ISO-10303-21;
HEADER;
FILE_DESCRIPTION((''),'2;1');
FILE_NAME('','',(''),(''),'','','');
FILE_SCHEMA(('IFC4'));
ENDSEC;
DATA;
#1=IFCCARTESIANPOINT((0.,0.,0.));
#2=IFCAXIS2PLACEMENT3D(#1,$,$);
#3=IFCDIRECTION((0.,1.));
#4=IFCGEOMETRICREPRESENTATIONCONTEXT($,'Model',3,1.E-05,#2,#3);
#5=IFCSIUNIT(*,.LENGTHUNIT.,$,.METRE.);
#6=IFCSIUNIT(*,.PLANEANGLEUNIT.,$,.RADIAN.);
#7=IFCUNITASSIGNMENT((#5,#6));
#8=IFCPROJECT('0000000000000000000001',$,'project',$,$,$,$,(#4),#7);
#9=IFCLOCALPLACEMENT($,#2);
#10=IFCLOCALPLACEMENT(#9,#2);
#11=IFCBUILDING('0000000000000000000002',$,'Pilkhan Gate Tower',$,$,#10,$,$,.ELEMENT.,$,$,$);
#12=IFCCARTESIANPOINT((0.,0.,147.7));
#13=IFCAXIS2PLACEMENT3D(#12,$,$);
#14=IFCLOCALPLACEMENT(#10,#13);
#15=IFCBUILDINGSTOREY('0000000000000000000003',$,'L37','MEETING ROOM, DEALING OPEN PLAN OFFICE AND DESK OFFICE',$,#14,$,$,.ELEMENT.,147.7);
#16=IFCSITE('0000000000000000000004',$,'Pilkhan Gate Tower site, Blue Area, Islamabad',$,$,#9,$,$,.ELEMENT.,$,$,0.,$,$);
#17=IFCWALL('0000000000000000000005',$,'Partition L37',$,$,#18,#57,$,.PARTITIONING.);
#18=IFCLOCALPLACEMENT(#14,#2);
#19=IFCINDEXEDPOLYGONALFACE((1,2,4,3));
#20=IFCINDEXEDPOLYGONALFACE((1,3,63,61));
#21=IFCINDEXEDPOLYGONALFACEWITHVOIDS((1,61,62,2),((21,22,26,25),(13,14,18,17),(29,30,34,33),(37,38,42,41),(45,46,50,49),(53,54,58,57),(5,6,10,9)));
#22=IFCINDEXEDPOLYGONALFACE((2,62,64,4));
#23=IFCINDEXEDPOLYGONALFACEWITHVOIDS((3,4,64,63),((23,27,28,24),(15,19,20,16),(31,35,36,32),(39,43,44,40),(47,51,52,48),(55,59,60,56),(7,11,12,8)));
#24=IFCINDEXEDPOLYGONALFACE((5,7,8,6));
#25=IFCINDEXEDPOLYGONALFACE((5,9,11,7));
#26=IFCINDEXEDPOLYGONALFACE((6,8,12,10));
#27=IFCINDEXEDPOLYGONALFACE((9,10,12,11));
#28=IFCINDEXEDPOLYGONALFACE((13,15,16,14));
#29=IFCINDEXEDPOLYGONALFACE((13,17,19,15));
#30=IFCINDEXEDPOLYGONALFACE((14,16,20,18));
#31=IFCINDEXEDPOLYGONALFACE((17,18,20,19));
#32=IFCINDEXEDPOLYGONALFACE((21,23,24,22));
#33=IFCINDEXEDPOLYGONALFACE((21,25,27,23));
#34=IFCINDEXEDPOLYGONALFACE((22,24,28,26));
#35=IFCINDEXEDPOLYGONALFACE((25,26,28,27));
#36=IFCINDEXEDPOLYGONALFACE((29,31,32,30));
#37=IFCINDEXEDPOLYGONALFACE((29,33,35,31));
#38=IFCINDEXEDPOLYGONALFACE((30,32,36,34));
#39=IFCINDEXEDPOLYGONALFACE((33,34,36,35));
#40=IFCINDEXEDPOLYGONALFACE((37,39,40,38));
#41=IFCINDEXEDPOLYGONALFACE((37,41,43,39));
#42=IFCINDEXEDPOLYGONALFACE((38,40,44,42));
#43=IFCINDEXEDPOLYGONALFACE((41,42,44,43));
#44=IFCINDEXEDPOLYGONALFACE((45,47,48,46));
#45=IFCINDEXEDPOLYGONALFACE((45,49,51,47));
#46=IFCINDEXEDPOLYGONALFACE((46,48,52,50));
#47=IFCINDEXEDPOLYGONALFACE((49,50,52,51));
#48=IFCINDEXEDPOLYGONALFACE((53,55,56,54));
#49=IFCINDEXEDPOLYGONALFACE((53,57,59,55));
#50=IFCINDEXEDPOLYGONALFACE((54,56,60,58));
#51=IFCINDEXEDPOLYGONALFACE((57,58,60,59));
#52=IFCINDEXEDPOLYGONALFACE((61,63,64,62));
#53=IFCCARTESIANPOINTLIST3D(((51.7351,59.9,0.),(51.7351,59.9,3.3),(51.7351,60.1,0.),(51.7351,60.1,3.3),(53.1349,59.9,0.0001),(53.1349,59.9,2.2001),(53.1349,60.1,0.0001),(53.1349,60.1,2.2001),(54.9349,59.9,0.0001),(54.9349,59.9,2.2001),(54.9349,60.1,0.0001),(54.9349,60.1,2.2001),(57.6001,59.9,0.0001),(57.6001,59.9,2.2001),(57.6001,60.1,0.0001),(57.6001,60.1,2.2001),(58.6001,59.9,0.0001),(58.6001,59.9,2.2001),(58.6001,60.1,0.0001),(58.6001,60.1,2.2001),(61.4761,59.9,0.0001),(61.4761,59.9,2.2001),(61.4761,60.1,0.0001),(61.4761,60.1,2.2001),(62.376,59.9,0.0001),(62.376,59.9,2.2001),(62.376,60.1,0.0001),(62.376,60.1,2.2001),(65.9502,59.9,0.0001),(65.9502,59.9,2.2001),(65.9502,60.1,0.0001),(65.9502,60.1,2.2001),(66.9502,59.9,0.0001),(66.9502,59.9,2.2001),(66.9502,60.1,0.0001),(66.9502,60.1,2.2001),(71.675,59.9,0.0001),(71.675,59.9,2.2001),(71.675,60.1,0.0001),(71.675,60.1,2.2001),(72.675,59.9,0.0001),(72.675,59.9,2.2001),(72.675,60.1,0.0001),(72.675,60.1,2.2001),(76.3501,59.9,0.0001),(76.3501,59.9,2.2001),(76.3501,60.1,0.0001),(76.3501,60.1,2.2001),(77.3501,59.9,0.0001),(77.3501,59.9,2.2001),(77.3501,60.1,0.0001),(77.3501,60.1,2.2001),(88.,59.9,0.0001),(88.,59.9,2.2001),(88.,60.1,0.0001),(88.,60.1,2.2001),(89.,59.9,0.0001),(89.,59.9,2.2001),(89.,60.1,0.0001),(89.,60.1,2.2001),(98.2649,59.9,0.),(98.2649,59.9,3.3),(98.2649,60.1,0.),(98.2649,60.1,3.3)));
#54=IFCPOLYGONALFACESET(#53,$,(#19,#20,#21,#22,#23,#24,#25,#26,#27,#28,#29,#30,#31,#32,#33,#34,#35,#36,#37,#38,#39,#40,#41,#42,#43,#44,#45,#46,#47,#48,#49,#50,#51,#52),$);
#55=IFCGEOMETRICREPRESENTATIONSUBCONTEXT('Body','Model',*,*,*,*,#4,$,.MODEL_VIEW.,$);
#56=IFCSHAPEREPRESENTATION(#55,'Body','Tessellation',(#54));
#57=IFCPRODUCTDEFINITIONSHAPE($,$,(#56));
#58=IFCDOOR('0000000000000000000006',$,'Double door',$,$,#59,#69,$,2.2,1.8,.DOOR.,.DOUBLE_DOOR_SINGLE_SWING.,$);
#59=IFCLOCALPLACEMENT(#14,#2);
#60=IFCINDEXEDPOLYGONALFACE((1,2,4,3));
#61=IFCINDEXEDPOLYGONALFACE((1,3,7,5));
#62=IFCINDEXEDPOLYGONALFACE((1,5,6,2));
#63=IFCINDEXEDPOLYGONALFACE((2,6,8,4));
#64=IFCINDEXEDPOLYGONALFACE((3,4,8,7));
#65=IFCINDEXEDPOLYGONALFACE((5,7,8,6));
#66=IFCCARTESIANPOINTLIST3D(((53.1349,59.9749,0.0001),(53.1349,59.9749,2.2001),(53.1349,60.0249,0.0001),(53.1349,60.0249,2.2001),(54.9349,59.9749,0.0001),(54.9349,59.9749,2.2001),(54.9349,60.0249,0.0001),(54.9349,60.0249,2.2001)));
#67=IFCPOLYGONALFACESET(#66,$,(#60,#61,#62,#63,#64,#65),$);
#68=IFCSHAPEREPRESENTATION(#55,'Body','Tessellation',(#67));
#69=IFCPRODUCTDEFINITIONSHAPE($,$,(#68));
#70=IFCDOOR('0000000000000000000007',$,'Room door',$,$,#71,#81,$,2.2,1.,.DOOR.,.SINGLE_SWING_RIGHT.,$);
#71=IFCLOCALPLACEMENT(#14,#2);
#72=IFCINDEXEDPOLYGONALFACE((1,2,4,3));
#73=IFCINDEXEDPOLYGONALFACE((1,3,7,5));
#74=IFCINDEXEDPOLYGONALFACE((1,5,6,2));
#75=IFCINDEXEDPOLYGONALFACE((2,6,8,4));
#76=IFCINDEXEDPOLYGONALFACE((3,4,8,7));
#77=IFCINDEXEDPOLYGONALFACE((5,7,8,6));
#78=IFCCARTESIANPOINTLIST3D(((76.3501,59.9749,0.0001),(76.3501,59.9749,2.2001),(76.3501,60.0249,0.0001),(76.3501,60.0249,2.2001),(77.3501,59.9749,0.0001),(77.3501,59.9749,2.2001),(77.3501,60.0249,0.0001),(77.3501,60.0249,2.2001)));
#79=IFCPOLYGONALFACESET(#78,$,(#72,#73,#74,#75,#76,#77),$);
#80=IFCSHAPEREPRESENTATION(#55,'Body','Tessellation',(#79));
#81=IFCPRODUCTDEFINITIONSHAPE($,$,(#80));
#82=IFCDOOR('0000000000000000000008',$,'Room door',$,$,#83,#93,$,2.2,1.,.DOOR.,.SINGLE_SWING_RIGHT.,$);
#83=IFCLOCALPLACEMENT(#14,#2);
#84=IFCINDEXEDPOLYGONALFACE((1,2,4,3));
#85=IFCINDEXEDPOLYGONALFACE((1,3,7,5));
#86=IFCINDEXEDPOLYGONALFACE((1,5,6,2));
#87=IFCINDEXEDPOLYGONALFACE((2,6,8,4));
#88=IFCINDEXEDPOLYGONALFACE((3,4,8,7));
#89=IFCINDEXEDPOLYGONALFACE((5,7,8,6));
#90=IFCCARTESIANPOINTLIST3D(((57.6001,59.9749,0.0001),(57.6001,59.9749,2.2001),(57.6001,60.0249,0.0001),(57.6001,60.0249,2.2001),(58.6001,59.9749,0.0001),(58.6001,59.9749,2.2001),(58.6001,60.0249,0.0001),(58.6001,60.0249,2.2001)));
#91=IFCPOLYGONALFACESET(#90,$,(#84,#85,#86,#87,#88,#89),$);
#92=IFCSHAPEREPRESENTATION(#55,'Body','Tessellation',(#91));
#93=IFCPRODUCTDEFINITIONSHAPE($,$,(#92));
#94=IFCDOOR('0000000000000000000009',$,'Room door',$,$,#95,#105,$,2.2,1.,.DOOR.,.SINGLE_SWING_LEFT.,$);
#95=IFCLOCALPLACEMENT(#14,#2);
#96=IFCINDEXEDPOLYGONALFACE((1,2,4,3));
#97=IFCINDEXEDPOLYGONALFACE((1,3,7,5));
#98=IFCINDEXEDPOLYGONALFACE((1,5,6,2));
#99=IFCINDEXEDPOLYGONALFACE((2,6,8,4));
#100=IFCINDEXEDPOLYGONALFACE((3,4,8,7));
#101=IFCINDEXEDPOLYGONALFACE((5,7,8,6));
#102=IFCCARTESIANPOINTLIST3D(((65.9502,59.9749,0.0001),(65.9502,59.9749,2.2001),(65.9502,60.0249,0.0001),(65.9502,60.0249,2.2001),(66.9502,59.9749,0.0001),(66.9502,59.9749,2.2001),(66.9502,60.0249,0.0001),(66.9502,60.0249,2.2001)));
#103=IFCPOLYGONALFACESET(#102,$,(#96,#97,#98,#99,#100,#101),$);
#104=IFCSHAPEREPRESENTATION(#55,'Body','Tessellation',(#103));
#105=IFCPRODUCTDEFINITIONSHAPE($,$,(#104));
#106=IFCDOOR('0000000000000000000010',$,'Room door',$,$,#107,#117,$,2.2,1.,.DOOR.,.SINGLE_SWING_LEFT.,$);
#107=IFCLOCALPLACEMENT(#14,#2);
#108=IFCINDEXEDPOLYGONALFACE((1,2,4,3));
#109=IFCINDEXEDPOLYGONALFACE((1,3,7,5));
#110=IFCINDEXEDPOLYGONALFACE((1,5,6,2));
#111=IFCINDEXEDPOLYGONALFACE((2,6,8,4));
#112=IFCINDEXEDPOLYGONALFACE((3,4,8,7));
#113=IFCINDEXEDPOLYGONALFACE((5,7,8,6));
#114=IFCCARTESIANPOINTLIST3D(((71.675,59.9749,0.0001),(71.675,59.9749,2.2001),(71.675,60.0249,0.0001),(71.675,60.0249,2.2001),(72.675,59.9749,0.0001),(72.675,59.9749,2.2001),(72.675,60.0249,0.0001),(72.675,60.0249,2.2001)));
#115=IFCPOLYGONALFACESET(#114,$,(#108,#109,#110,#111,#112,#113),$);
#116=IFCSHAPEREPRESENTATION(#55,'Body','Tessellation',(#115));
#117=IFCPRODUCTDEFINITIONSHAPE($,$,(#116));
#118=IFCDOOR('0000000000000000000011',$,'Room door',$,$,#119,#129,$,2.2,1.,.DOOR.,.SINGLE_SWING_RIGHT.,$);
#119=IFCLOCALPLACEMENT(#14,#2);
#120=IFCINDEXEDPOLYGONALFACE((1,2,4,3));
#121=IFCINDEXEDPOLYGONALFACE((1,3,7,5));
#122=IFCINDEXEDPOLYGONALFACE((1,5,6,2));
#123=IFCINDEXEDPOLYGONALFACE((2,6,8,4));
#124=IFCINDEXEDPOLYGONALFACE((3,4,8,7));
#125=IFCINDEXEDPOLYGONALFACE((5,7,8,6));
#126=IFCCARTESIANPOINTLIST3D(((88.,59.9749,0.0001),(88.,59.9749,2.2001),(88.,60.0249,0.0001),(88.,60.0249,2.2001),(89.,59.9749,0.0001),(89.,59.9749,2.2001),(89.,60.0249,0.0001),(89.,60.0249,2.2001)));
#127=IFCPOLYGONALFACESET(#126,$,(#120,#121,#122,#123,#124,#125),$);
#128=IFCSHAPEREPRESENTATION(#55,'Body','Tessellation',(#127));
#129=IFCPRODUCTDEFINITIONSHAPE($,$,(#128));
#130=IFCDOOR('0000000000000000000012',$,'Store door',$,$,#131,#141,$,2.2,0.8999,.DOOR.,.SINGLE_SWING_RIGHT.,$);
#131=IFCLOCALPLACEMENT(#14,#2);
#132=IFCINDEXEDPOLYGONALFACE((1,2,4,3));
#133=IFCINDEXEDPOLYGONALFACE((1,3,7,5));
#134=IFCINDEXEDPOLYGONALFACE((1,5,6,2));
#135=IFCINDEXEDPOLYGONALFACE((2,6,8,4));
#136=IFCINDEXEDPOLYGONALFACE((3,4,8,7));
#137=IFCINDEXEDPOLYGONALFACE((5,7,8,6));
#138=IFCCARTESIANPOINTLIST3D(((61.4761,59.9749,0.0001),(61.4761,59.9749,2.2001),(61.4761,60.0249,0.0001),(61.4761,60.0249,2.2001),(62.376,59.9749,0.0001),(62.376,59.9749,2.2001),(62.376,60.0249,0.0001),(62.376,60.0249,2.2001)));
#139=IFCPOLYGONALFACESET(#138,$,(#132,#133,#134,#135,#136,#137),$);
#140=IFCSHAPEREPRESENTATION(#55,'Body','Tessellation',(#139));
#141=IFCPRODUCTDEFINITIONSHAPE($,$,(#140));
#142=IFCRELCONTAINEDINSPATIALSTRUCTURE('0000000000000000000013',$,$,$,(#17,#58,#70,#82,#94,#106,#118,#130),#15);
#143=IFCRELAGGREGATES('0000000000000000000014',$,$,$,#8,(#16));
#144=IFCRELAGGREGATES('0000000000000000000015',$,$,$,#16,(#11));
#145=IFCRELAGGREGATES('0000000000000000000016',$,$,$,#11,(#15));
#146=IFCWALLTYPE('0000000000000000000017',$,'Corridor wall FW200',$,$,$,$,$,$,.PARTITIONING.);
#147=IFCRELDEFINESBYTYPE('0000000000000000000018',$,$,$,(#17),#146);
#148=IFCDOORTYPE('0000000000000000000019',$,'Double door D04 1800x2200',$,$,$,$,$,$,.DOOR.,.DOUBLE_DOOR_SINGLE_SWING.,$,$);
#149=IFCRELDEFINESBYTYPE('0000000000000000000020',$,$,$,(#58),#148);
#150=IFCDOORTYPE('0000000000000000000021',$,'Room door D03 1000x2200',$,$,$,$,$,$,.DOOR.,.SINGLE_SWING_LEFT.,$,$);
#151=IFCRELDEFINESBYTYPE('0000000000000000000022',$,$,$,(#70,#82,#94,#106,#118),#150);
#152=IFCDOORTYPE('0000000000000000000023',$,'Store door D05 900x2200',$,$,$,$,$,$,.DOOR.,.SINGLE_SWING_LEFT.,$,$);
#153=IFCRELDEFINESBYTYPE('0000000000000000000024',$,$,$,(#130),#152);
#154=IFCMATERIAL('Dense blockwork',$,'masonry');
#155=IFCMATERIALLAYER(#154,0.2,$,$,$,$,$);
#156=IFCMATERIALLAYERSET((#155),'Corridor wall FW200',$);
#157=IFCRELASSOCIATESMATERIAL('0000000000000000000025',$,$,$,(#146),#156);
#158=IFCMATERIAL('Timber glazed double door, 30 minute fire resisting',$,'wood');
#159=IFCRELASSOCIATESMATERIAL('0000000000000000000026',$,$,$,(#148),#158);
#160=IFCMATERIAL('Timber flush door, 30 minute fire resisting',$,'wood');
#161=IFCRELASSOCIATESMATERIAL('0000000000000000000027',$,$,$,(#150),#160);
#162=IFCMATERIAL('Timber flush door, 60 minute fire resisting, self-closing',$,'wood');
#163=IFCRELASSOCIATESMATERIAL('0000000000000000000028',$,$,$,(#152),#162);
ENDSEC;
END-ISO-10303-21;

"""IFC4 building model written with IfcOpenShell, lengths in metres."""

from ifc_helpers import new_model, si_unit, direction, frame, frame_2d, origin, place, context, subcontext, project, spatial, rectangle, extrude, material, layer, layer_set, type_object, element, fill, save


model = new_model("IFC4")

# Units and contexts
model_context = context("Model", 3, precision=1e-05, world=origin(), true_north=direction((0.0, 1.0)))
body_context = subcontext(model_context, "Body", "Model", "MODEL_VIEW")
ifc_project = project(units=[si_unit("LENGTHUNIT", "METRE"), si_unit("PLANEANGLEUNIT", "RADIAN")], contexts=[model_context])

# Site, building, storey
site_placement = place(None, origin())
site = spatial("IfcSite", under=ifc_project, at=site_placement, Name="Pilkhan Gate Tower site, Blue Area, Islamabad", CompositionType="ELEMENT", RefElevation=0.0)
building_placement = place(site_placement, origin())
building = spatial("IfcBuilding", under=site, at=building_placement, Name="Pilkhan Gate Tower", CompositionType="ELEMENT")
storey_placement = place(building_placement, frame((0.0, 0.0, 147.7)))
storey = spatial("IfcBuildingStorey", under=building, at=storey_placement, Name="L37", Description="MEETING ROOM, DEALING OPEN PLAN OFFICE AND DESK OFFICE", CompositionType="ELEMENT", Elevation=147.7)

# Wall, openings, doors
ifc_material_1 = material(Name="Dense blockwork", Category="masonry")
ifc_layer_1 = layer(ifc_material_1, 0.2)
ifc_layer_set_1 = layer_set([ifc_layer_1], Name="Corridor wall FW200")
wall_type_1 = type_object("IfcWallType", Name="Corridor wall FW200", PredefinedType="PARTITIONING", material=ifc_layer_set_1)
wall_1_placement = place(storey_placement, frame((51.7351, 60.0, 0.0), z_axis=(0.0, 0.0, 1.0), x_axis=(1.0, 0.0, 0.0)))
wall_1 = element("IfcWall", 1, at=wall_1_placement, inside=storey, type_object=wall_type_1, Name="Partition L37", PredefinedType="PARTITIONING", context=body_context, shape_type="SweptSolid", body=[
    extrude(rectangle(XDim=46.5298, YDim=0.2, at=frame_2d((23.2649, 0.0))), origin(), (0.0, 0.0, 1.0), 3.3),
])
opening_1_placement = place(wall_1_placement, frame((24.615, 0.0, 0.0)))
opening_1 = element("IfcOpeningElement", 2, at=opening_1_placement, cuts=wall_1, PredefinedType="OPENING", context=body_context, shape_type="SweptSolid", body=[
    extrude(rectangle(XDim=1.0, YDim=2.2, at=frame_2d((0.5, 1.1001))), frame((0.0, 0.1099, 0.0), z_axis=(0.0, -1.0, 0.0), x_axis=(1.0, 0.0, 0.0)), (0.0, 0.0, 1.0), 0.22),
])
opening_2_placement = place(wall_1_placement, frame((1.3999, 0.0, 0.0)))
opening_2 = element("IfcOpeningElement", 3, at=opening_2_placement, cuts=wall_1, PredefinedType="OPENING", context=body_context, shape_type="SweptSolid", body=[
    extrude(rectangle(XDim=1.8, YDim=2.2, at=frame_2d((0.8999, 1.1001))), frame((0.0, 0.1099, 0.0), z_axis=(0.0, -1.0, 0.0), x_axis=(1.0, 0.0, 0.0)), (0.0, 0.0, 1.0), 0.22),
])
opening_3_placement = place(wall_1_placement, frame((5.865, 0.0, 0.0)))
opening_3 = element("IfcOpeningElement", 4, at=opening_3_placement, cuts=wall_1, PredefinedType="OPENING", context=body_context, shape_type="SweptSolid", body=[
    extrude(rectangle(XDim=1.0, YDim=2.2, at=frame_2d((0.5, 1.1001))), frame((0.0, 0.1099, 0.0), z_axis=(0.0, -1.0, 0.0), x_axis=(1.0, 0.0, 0.0)), (0.0, 0.0, 1.0), 0.22),
])
opening_4_placement = place(wall_1_placement, frame((9.741, 0.0, 0.0)))
opening_4 = element("IfcOpeningElement", 5, at=opening_4_placement, cuts=wall_1, PredefinedType="OPENING", context=body_context, shape_type="SweptSolid", body=[
    extrude(rectangle(XDim=0.8999, YDim=2.2, at=frame_2d((0.45, 1.1001))), frame((0.0, 0.1099, 0.0), z_axis=(0.0, -1.0, 0.0), x_axis=(1.0, 0.0, 0.0)), (0.0, 0.0, 1.0), 0.22),
])
opening_5_placement = place(wall_1_placement, frame((14.2151, 0.0, 0.0)))
opening_5 = element("IfcOpeningElement", 6, at=opening_5_placement, cuts=wall_1, PredefinedType="OPENING", context=body_context, shape_type="SweptSolid", body=[
    extrude(rectangle(XDim=1.0, YDim=2.2, at=frame_2d((0.5, 1.1001))), frame((0.0, 0.1099, 0.0), z_axis=(0.0, -1.0, 0.0), x_axis=(1.0, 0.0, 0.0)), (0.0, 0.0, 1.0), 0.22),
])
opening_6_placement = place(wall_1_placement, frame((19.9399, 0.0, 0.0)))
opening_6 = element("IfcOpeningElement", 7, at=opening_6_placement, cuts=wall_1, PredefinedType="OPENING", context=body_context, shape_type="SweptSolid", body=[
    extrude(rectangle(XDim=1.0, YDim=2.2, at=frame_2d((0.5, 1.1001))), frame((0.0, 0.1099, 0.0), z_axis=(0.0, -1.0, 0.0), x_axis=(1.0, 0.0, 0.0)), (0.0, 0.0, 1.0), 0.22),
])
opening_7_placement = place(wall_1_placement, frame((36.2649, 0.0, 0.0)))
opening_7 = element("IfcOpeningElement", 8, at=opening_7_placement, cuts=wall_1, PredefinedType="OPENING", context=body_context, shape_type="SweptSolid", body=[
    extrude(rectangle(XDim=1.0, YDim=2.2, at=frame_2d((0.5, 1.1001))), frame((0.0, 0.1099, 0.0), z_axis=(0.0, -1.0, 0.0), x_axis=(1.0, 0.0, 0.0)), (0.0, 0.0, 1.0), 0.22),
])
ifc_material_2 = material(Name="Timber glazed double door, 30 minute fire resisting", Category="wood")
door_type_1 = type_object("IfcDoorType", Name="Double door D04 1800x2200", OperationType="DOUBLE_DOOR_SINGLE_SWING", PredefinedType="DOOR", material=ifc_material_2)
door_1_placement = place(opening_2_placement, origin())
door_1 = element("IfcDoor", 9, at=door_1_placement, inside=storey, type_object=door_type_1, Name="Double door", OperationType="DOUBLE_DOOR_SINGLE_SWING", OverallHeight=2.2, OverallWidth=1.8, PredefinedType="DOOR", context=body_context, shape_type="SweptSolid", body=[
    extrude(rectangle(XDim=1.8, YDim=2.2, at=frame_2d((0.8999, 1.1001))), frame((0.0, 0.0249, 0.0), z_axis=(0.0, -1.0, 0.0), x_axis=(1.0, 0.0, 0.0)), (0.0, 0.0, 1.0), 0.05),
])
fill(opening_2, door_1)
ifc_material_3 = material(Name="Timber flush door, 30 minute fire resisting", Category="wood")
door_type_2 = type_object("IfcDoorType", Name="Room door D03 1000x2200", OperationType="SINGLE_SWING_LEFT", PredefinedType="DOOR", material=ifc_material_3)
door_2_placement = place(opening_1_placement, origin())
door_2 = element("IfcDoor", 10, at=door_2_placement, inside=storey, type_object=door_type_2, Name="Room door", OperationType="SINGLE_SWING_RIGHT", OverallHeight=2.2, OverallWidth=1.0, PredefinedType="DOOR", context=body_context, shape_type="SweptSolid", body=[
    extrude(rectangle(XDim=1.0, YDim=2.2, at=frame_2d((0.5, 1.1001))), frame((0.0, 0.0249, 0.0), z_axis=(0.0, -1.0, 0.0), x_axis=(1.0, 0.0, 0.0)), (0.0, 0.0, 1.0), 0.05),
])
fill(opening_1, door_2)
door_3_placement = place(opening_3_placement, origin())
door_3 = element("IfcDoor", 11, at=door_3_placement, inside=storey, type_object=door_type_2, Name="Room door", OperationType="SINGLE_SWING_RIGHT", OverallHeight=2.2, OverallWidth=1.0, PredefinedType="DOOR", context=body_context, shape_type="SweptSolid", body=[
    extrude(rectangle(XDim=1.0, YDim=2.2, at=frame_2d((0.5, 1.1001))), frame((0.0, 0.0249, 0.0), z_axis=(0.0, -1.0, 0.0), x_axis=(1.0, 0.0, 0.0)), (0.0, 0.0, 1.0), 0.05),
])
fill(opening_3, door_3)
door_4_placement = place(opening_5_placement, origin())
door_4 = element("IfcDoor", 12, at=door_4_placement, inside=storey, type_object=door_type_2, Name="Room door", OperationType="SINGLE_SWING_LEFT", OverallHeight=2.2, OverallWidth=1.0, PredefinedType="DOOR", context=body_context, shape_type="SweptSolid", body=[
    extrude(rectangle(XDim=1.0, YDim=2.2, at=frame_2d((0.5, 1.1001))), frame((0.0, 0.0249, 0.0), z_axis=(0.0, -1.0, 0.0), x_axis=(1.0, 0.0, 0.0)), (0.0, 0.0, 1.0), 0.05),
])
fill(opening_5, door_4)
door_5_placement = place(opening_6_placement, origin())
door_5 = element("IfcDoor", 13, at=door_5_placement, inside=storey, type_object=door_type_2, Name="Room door", OperationType="SINGLE_SWING_LEFT", OverallHeight=2.2, OverallWidth=1.0, PredefinedType="DOOR", context=body_context, shape_type="SweptSolid", body=[
    extrude(rectangle(XDim=1.0, YDim=2.2, at=frame_2d((0.5, 1.1001))), frame((0.0, 0.0249, 0.0), z_axis=(0.0, -1.0, 0.0), x_axis=(1.0, 0.0, 0.0)), (0.0, 0.0, 1.0), 0.05),
])
fill(opening_6, door_5)
door_6_placement = place(opening_7_placement, origin())
door_6 = element("IfcDoor", 14, at=door_6_placement, inside=storey, type_object=door_type_2, Name="Room door", OperationType="SINGLE_SWING_RIGHT", OverallHeight=2.2, OverallWidth=1.0, PredefinedType="DOOR", context=body_context, shape_type="SweptSolid", body=[
    extrude(rectangle(XDim=1.0, YDim=2.2, at=frame_2d((0.5, 1.1001))), frame((0.0, 0.0249, 0.0), z_axis=(0.0, -1.0, 0.0), x_axis=(1.0, 0.0, 0.0)), (0.0, 0.0, 1.0), 0.05),
])
fill(opening_7, door_6)
ifc_material_4 = material(Name="Timber flush door, 60 minute fire resisting, self-closing", Category="wood")
door_type_3 = type_object("IfcDoorType", Name="Store door D05 900x2200", OperationType="SINGLE_SWING_LEFT", PredefinedType="DOOR", material=ifc_material_4)
door_7_placement = place(opening_4_placement, origin())
door_7 = element("IfcDoor", 15, at=door_7_placement, inside=storey, type_object=door_type_3, Name="Store door", OperationType="SINGLE_SWING_RIGHT", OverallHeight=2.2, OverallWidth=0.8999, PredefinedType="DOOR", context=body_context, shape_type="SweptSolid", body=[
    extrude(rectangle(XDim=0.8999, YDim=2.2, at=frame_2d((0.45, 1.1001))), frame((0.0, 0.0249, 0.0), z_axis=(0.0, -1.0, 0.0), x_axis=(1.0, 0.0, 0.0)), (0.0, 0.0, 1.0), 0.05),
])
fill(opening_4, door_7)

save(model, "model.ifc")
